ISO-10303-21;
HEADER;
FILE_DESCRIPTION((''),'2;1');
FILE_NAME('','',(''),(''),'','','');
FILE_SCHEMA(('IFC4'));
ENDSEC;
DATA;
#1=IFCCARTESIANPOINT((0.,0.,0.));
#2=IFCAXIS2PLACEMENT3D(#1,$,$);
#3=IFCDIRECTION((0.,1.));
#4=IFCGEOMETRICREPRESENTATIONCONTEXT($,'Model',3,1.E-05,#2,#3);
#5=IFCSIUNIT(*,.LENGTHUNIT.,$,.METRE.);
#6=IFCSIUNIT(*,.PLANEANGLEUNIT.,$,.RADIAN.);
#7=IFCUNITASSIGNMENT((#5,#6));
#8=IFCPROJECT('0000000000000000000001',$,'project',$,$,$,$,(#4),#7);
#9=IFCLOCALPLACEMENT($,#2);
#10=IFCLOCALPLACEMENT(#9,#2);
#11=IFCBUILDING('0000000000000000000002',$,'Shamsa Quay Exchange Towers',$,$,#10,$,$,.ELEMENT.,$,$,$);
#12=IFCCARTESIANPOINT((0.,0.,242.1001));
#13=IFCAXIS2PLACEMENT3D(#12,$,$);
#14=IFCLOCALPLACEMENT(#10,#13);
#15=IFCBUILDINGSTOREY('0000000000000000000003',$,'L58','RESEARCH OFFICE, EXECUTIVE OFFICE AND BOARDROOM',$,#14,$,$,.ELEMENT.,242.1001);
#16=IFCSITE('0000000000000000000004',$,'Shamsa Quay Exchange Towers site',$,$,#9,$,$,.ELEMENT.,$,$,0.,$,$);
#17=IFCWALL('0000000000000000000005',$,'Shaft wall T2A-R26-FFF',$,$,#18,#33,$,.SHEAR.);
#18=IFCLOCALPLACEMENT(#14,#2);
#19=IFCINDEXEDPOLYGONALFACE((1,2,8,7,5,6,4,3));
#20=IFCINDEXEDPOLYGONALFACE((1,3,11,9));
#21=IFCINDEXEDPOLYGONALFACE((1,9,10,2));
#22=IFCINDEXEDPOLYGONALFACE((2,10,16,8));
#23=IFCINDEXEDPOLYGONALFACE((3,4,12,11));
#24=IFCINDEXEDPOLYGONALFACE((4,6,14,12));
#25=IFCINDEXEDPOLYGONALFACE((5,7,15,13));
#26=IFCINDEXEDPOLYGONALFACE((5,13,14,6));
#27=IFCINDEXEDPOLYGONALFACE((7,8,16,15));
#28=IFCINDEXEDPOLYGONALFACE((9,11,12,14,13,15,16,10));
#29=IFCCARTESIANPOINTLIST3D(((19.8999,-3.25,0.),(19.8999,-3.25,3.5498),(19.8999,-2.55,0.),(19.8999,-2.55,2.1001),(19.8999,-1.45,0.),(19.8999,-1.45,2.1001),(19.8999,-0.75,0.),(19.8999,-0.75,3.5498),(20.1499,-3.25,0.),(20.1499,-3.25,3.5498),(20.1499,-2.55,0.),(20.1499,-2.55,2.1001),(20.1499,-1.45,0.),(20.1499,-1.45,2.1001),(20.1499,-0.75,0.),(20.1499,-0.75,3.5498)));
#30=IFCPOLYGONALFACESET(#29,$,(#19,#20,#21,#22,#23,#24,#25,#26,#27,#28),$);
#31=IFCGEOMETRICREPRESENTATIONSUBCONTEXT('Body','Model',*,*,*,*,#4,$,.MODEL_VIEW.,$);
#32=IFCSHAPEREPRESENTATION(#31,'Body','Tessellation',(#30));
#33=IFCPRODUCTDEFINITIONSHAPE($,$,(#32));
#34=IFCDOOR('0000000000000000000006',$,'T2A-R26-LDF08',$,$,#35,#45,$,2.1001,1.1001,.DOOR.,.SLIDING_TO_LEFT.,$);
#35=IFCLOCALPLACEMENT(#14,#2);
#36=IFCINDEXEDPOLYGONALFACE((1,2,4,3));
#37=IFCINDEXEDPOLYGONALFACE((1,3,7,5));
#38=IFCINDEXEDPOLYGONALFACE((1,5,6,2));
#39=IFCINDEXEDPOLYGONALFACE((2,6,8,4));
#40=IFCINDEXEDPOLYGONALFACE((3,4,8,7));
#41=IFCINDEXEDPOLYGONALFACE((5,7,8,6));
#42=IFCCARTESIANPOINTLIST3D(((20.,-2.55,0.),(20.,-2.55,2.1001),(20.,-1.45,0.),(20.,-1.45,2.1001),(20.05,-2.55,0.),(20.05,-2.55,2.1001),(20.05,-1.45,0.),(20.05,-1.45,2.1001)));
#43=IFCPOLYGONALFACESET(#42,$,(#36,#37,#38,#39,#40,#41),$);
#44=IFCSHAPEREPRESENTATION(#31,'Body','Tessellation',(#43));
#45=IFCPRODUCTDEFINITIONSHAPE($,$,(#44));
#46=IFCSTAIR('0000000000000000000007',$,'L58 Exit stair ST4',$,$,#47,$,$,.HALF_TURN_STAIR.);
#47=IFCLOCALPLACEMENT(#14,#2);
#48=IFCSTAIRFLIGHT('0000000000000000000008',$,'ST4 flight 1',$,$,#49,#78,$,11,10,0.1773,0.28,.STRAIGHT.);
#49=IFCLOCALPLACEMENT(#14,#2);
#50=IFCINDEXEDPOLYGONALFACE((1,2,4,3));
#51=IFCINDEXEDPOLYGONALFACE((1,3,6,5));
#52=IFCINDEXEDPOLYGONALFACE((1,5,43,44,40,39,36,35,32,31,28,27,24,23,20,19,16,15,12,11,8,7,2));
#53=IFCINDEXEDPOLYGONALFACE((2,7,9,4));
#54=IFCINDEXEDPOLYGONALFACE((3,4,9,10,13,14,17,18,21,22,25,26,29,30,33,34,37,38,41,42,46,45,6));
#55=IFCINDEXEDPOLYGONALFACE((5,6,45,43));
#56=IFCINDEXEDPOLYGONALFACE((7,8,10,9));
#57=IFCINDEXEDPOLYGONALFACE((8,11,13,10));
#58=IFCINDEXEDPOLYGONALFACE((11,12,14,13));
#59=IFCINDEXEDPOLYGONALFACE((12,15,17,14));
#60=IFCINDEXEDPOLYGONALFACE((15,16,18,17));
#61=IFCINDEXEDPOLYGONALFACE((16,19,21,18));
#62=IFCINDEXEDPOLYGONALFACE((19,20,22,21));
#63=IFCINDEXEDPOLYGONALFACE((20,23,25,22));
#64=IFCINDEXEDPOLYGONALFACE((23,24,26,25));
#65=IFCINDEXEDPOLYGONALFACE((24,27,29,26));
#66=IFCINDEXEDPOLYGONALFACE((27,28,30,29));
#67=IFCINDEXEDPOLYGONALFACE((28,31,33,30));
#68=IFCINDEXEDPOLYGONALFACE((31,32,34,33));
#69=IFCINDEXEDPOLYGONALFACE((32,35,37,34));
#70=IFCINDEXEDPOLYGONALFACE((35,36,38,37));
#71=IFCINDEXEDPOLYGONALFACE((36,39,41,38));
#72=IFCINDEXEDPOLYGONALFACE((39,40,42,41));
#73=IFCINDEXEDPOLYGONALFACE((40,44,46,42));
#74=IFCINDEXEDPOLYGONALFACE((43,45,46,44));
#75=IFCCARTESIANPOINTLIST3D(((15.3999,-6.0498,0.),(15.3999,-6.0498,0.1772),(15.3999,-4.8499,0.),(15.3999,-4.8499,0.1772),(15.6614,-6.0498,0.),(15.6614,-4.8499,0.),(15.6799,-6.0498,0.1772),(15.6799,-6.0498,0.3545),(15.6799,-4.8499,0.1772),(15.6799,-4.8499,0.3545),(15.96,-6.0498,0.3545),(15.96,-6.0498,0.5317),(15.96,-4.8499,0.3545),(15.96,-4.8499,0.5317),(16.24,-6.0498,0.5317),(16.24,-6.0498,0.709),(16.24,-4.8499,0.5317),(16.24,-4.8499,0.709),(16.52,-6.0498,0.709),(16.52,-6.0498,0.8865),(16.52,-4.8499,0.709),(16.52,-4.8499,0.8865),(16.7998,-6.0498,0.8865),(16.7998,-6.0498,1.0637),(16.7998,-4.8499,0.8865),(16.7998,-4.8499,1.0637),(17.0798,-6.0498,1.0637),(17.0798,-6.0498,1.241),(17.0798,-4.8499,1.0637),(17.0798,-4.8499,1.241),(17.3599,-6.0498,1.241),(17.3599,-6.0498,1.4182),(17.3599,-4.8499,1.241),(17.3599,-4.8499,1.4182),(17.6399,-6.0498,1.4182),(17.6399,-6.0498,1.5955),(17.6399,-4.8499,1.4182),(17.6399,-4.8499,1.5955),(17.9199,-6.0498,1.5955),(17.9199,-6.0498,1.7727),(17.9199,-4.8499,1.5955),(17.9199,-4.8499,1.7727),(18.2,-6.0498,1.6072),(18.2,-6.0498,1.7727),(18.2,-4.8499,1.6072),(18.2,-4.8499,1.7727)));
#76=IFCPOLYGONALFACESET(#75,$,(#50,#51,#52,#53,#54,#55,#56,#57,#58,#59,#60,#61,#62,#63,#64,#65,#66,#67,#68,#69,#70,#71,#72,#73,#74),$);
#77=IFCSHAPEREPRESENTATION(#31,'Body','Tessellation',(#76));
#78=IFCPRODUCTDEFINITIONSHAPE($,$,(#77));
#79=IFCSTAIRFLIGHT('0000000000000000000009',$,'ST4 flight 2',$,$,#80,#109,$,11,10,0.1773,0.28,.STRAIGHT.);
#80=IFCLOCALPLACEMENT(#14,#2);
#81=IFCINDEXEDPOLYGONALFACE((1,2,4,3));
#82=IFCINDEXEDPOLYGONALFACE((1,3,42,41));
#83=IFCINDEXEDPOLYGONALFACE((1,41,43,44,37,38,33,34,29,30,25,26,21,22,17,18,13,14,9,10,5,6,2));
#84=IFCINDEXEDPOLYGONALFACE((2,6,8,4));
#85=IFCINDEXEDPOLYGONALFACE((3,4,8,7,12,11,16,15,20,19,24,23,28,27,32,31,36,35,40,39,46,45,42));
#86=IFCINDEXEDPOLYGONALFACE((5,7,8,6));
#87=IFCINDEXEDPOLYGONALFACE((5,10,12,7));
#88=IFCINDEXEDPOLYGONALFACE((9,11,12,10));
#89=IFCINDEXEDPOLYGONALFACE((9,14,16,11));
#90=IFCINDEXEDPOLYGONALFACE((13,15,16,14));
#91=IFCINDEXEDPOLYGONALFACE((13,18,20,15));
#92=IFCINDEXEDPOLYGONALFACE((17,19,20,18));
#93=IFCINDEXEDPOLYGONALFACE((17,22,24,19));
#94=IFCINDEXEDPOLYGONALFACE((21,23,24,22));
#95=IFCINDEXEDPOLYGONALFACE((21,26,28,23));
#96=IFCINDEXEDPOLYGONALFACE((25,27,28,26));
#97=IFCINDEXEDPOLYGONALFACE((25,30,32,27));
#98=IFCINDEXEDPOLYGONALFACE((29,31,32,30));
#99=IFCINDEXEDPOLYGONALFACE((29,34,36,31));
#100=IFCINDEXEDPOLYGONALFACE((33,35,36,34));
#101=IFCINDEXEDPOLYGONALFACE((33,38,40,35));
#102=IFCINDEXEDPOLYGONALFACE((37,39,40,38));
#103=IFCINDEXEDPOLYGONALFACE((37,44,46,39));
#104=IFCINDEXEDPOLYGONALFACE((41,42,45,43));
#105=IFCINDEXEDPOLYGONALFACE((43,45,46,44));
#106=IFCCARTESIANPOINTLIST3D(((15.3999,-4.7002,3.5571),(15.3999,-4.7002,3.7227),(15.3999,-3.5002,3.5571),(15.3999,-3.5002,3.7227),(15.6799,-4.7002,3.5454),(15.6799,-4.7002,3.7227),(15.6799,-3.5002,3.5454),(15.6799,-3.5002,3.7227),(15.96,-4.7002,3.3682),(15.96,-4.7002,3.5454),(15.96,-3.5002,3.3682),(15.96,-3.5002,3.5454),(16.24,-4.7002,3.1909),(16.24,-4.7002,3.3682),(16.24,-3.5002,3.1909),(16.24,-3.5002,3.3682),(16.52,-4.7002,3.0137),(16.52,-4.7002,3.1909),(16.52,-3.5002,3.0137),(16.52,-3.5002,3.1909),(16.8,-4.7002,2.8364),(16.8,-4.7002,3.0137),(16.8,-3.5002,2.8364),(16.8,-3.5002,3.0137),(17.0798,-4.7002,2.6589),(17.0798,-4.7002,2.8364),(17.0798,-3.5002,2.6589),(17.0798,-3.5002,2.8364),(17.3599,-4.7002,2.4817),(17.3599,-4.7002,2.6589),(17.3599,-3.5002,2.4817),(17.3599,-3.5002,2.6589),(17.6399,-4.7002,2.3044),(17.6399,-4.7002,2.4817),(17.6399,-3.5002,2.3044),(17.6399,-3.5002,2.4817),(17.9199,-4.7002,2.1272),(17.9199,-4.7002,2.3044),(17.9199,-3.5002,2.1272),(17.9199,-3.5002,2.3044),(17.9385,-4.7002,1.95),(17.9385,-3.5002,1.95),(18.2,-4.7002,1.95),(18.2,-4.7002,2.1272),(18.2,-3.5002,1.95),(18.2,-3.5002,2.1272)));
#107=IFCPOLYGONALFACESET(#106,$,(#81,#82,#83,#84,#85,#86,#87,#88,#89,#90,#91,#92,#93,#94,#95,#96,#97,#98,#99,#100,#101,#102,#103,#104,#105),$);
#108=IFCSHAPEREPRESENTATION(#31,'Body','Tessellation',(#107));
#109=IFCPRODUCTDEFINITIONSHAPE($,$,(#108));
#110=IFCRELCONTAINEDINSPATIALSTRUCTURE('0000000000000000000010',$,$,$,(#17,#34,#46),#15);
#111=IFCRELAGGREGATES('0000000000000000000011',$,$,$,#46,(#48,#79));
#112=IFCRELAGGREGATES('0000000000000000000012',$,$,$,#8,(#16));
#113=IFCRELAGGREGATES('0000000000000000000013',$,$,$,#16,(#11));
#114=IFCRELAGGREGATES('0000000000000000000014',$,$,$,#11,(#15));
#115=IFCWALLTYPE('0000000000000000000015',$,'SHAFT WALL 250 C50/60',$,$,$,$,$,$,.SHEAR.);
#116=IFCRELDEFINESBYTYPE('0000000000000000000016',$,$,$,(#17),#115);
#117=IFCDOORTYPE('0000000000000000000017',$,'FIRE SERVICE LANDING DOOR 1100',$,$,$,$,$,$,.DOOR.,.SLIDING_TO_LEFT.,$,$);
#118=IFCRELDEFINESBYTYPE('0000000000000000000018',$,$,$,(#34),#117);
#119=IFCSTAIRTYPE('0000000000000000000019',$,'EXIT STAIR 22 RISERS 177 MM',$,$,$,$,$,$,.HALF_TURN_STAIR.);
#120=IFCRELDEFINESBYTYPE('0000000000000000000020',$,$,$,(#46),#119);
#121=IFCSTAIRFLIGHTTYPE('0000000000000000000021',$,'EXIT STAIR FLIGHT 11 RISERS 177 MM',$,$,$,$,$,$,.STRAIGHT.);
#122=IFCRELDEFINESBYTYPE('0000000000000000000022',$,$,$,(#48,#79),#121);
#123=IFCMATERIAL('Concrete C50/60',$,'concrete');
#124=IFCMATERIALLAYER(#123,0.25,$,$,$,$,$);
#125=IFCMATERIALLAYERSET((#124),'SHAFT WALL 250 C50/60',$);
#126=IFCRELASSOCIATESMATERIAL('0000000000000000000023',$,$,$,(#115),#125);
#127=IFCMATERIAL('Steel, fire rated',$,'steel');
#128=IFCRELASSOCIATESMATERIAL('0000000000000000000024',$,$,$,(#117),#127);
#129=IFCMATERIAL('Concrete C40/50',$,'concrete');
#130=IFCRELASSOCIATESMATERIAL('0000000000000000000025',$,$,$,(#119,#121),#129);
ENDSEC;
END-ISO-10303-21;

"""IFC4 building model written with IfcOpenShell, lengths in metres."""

from ifc_helpers import new_model, si_unit, direction, frame, frame_2d, origin, place, context, subcontext, project, spatial, polyline, rectangle, outline, extrude, material, layer, layer_set, type_object, element, fill, aggregate, save


model = new_model("IFC4")

# Units and contexts
model_context = context("Model", 3, precision=1e-05, world=origin(), true_north=direction((0.0, 1.0)))
body_context = subcontext(model_context, "Body", "Model", "MODEL_VIEW")
ifc_project = project(units=[si_unit("LENGTHUNIT", "METRE"), si_unit("PLANEANGLEUNIT", "RADIAN")], contexts=[model_context])

# Site, building, storey
site_placement = place(None, origin())
site = spatial("IfcSite", under=ifc_project, at=site_placement, Name="Shamsa Quay Exchange Towers site", CompositionType="ELEMENT", RefElevation=0.0)
building_placement = place(site_placement, origin())
building = spatial("IfcBuilding", under=site, at=building_placement, Name="Shamsa Quay Exchange Towers", CompositionType="ELEMENT")
storey_placement = place(building_placement, frame((0.0, 0.0, 242.1001)))
storey = spatial("IfcBuildingStorey", under=building, at=storey_placement, Name="L58", Description="RESEARCH OFFICE, EXECUTIVE OFFICE AND BOARDROOM", CompositionType="ELEMENT", Elevation=242.1001)

# Shared definitions
ifc_material_1 = material(Name="Concrete C50/60", Category="concrete")
ifc_layer_1 = layer(ifc_material_1, 0.25)
ifc_layer_set_1 = layer_set([ifc_layer_1], Name="SHAFT WALL 250 C50/60")
wall_type_1 = type_object("IfcWallType", Name="SHAFT WALL 250 C50/60", PredefinedType="SHEAR", material=ifc_layer_set_1)

# Wall, opening, door
wall_1_placement = place(storey_placement, frame((20.0249, -3.25, 0.0), z_axis=(0.0, 0.0, 1.0), x_axis=(0.0, 1.0, 0.0)))
wall_1 = element("IfcWall", 1, at=wall_1_placement, inside=storey, type_object=wall_type_1, Name="Shaft wall T2A-R26-FFF", PredefinedType="SHEAR", context=body_context, shape_type="SweptSolid", body=[
    extrude(rectangle(XDim=2.5, YDim=0.25, at=frame_2d((1.25, 0.0))), origin(), (0.0, 0.0, 1.0), 3.5498),
])
opening_placement = place(wall_1_placement, frame((0.7, 0.0, 0.0)))
opening = element("IfcOpeningElement", 2, at=opening_placement, cuts=wall_1, PredefinedType="OPENING", context=body_context, shape_type="SweptSolid", body=[
    extrude(rectangle(XDim=1.1001, YDim=2.1001, at=frame_2d((0.55, 1.05))), frame((0.0, 0.135, 0.0), z_axis=(0.0, -1.0, 0.0), x_axis=(1.0, 0.0, 0.0)), (0.0, 0.0, 1.0), 0.27),
])
ifc_material_2 = material(Name="Steel, fire rated", Category="steel")
door_type = type_object("IfcDoorType", Name="FIRE SERVICE LANDING DOOR 1100", OperationType="SLIDING_TO_LEFT", PredefinedType="DOOR", material=ifc_material_2)
door_placement = place(opening_placement, origin())
door = element("IfcDoor", 3, at=door_placement, inside=storey, type_object=door_type, Name="T2A-R26-LDF08", OperationType="SLIDING_TO_LEFT", OverallHeight=2.1001, OverallWidth=1.1001, PredefinedType="DOOR", context=body_context, shape_type="SweptSolid", body=[
    extrude(rectangle(XDim=1.1001, YDim=2.1001, at=frame_2d((0.55, 1.05))), frame((0.0, 0.0249, 0.0), z_axis=(0.0, -1.0, 0.0), x_axis=(1.0, 0.0, 0.0)), (0.0, 0.0, 1.0), 0.05),
])
fill(opening, door)

# Stair, stair flights
ifc_material_3 = material(Name="Concrete C40/50", Category="concrete")
stair_type = type_object("IfcStairType", Name="EXIT STAIR 22 RISERS 177 MM", PredefinedType="HALF_TURN_STAIR", material=ifc_material_3)
stair_placement = place(storey_placement, origin())
stair = element("IfcStair", 4, at=stair_placement, inside=storey, type_object=stair_type, Name="L58 Exit stair ST4", PredefinedType="HALF_TURN_STAIR")
stair_flight_type = type_object("IfcStairFlightType", Name="EXIT STAIR FLIGHT 11 RISERS 177 MM", PredefinedType="STRAIGHT", material=ifc_material_3)
stair_flight_1_placement = place(storey_placement, frame((15.3999, -5.45, 0.0)))
stair_flight_1 = element("IfcStairFlight", 5, at=stair_flight_1_placement, type_object=stair_flight_type, Name="ST4 flight 1", NumberOfRisers=11, NumberOfTreads=10, PredefinedType="STRAIGHT", RiserHeight=0.1773, TreadLength=0.28, context=body_context, shape_type="SweptSolid", body=[
    extrude(outline(polyline([(0.0, 0.0), (0.0, 0.1772), (0.28, 0.1772), (0.28, 0.3545), (0.5601, 0.3545), (0.5601, 0.5317), (0.8401, 0.5317), (0.8401, 0.709), (1.1201, 0.709), (1.1201, 0.8865), (1.3999, 0.8865), (1.3999, 1.0637), (1.6799, 1.0637), (1.6799, 1.241), (1.96, 1.241), (1.96, 1.4182), (2.24, 1.4182), (2.24, 1.5955), (2.52, 1.5955), (2.52, 1.7727), (2.8, 1.7727), (2.8, 1.95), (2.8, 1.6072), (0.2615, 0.0), (0.0, 0.0)])), frame((0.0, 0.6001, 0.0), z_axis=(0.0, -1.0, 0.0), x_axis=(1.0, 0.0, 0.0)), (0.0, 0.0, 1.0), 1.2),
])
stair_flight_2_placement = place(storey_placement, frame((18.2, -4.1001, 1.95), z_axis=(0.0, 0.0, 1.0), x_axis=(-1.0, 0.0, 0.0)))
stair_flight_2 = element("IfcStairFlight", 6, at=stair_flight_2_placement, type_object=stair_flight_type, Name="ST4 flight 2", NumberOfRisers=11, NumberOfTreads=10, PredefinedType="STRAIGHT", RiserHeight=0.1773, TreadLength=0.28, context=body_context, shape_type="SweptSolid", body=[
    extrude(outline(polyline([(0.0, 0.0), (0.0, 0.1772), (0.28, 0.1772), (0.28, 0.3545), (0.5601, 0.3545), (0.5601, 0.5317), (0.8401, 0.5317), (0.8401, 0.709), (1.1201, 0.709), (1.1201, 0.8865), (1.3999, 0.8865), (1.3999, 1.0637), (1.6799, 1.0637), (1.6799, 1.241), (1.96, 1.241), (1.96, 1.4182), (2.24, 1.4182), (2.24, 1.5955), (2.52, 1.5955), (2.52, 1.7727), (2.8, 1.7727), (2.8, 1.95), (2.8, 1.6072), (0.2615, 0.0), (0.0, 0.0)])), frame((0.0, 0.6001, 0.0), z_axis=(0.0, -1.0, 0.0), x_axis=(1.0, 0.0, 0.0)), (0.0, 0.0, 1.0), 1.2),
])
aggregate(stair, [stair_flight_1, stair_flight_2])

save(model, "model.ifc")
